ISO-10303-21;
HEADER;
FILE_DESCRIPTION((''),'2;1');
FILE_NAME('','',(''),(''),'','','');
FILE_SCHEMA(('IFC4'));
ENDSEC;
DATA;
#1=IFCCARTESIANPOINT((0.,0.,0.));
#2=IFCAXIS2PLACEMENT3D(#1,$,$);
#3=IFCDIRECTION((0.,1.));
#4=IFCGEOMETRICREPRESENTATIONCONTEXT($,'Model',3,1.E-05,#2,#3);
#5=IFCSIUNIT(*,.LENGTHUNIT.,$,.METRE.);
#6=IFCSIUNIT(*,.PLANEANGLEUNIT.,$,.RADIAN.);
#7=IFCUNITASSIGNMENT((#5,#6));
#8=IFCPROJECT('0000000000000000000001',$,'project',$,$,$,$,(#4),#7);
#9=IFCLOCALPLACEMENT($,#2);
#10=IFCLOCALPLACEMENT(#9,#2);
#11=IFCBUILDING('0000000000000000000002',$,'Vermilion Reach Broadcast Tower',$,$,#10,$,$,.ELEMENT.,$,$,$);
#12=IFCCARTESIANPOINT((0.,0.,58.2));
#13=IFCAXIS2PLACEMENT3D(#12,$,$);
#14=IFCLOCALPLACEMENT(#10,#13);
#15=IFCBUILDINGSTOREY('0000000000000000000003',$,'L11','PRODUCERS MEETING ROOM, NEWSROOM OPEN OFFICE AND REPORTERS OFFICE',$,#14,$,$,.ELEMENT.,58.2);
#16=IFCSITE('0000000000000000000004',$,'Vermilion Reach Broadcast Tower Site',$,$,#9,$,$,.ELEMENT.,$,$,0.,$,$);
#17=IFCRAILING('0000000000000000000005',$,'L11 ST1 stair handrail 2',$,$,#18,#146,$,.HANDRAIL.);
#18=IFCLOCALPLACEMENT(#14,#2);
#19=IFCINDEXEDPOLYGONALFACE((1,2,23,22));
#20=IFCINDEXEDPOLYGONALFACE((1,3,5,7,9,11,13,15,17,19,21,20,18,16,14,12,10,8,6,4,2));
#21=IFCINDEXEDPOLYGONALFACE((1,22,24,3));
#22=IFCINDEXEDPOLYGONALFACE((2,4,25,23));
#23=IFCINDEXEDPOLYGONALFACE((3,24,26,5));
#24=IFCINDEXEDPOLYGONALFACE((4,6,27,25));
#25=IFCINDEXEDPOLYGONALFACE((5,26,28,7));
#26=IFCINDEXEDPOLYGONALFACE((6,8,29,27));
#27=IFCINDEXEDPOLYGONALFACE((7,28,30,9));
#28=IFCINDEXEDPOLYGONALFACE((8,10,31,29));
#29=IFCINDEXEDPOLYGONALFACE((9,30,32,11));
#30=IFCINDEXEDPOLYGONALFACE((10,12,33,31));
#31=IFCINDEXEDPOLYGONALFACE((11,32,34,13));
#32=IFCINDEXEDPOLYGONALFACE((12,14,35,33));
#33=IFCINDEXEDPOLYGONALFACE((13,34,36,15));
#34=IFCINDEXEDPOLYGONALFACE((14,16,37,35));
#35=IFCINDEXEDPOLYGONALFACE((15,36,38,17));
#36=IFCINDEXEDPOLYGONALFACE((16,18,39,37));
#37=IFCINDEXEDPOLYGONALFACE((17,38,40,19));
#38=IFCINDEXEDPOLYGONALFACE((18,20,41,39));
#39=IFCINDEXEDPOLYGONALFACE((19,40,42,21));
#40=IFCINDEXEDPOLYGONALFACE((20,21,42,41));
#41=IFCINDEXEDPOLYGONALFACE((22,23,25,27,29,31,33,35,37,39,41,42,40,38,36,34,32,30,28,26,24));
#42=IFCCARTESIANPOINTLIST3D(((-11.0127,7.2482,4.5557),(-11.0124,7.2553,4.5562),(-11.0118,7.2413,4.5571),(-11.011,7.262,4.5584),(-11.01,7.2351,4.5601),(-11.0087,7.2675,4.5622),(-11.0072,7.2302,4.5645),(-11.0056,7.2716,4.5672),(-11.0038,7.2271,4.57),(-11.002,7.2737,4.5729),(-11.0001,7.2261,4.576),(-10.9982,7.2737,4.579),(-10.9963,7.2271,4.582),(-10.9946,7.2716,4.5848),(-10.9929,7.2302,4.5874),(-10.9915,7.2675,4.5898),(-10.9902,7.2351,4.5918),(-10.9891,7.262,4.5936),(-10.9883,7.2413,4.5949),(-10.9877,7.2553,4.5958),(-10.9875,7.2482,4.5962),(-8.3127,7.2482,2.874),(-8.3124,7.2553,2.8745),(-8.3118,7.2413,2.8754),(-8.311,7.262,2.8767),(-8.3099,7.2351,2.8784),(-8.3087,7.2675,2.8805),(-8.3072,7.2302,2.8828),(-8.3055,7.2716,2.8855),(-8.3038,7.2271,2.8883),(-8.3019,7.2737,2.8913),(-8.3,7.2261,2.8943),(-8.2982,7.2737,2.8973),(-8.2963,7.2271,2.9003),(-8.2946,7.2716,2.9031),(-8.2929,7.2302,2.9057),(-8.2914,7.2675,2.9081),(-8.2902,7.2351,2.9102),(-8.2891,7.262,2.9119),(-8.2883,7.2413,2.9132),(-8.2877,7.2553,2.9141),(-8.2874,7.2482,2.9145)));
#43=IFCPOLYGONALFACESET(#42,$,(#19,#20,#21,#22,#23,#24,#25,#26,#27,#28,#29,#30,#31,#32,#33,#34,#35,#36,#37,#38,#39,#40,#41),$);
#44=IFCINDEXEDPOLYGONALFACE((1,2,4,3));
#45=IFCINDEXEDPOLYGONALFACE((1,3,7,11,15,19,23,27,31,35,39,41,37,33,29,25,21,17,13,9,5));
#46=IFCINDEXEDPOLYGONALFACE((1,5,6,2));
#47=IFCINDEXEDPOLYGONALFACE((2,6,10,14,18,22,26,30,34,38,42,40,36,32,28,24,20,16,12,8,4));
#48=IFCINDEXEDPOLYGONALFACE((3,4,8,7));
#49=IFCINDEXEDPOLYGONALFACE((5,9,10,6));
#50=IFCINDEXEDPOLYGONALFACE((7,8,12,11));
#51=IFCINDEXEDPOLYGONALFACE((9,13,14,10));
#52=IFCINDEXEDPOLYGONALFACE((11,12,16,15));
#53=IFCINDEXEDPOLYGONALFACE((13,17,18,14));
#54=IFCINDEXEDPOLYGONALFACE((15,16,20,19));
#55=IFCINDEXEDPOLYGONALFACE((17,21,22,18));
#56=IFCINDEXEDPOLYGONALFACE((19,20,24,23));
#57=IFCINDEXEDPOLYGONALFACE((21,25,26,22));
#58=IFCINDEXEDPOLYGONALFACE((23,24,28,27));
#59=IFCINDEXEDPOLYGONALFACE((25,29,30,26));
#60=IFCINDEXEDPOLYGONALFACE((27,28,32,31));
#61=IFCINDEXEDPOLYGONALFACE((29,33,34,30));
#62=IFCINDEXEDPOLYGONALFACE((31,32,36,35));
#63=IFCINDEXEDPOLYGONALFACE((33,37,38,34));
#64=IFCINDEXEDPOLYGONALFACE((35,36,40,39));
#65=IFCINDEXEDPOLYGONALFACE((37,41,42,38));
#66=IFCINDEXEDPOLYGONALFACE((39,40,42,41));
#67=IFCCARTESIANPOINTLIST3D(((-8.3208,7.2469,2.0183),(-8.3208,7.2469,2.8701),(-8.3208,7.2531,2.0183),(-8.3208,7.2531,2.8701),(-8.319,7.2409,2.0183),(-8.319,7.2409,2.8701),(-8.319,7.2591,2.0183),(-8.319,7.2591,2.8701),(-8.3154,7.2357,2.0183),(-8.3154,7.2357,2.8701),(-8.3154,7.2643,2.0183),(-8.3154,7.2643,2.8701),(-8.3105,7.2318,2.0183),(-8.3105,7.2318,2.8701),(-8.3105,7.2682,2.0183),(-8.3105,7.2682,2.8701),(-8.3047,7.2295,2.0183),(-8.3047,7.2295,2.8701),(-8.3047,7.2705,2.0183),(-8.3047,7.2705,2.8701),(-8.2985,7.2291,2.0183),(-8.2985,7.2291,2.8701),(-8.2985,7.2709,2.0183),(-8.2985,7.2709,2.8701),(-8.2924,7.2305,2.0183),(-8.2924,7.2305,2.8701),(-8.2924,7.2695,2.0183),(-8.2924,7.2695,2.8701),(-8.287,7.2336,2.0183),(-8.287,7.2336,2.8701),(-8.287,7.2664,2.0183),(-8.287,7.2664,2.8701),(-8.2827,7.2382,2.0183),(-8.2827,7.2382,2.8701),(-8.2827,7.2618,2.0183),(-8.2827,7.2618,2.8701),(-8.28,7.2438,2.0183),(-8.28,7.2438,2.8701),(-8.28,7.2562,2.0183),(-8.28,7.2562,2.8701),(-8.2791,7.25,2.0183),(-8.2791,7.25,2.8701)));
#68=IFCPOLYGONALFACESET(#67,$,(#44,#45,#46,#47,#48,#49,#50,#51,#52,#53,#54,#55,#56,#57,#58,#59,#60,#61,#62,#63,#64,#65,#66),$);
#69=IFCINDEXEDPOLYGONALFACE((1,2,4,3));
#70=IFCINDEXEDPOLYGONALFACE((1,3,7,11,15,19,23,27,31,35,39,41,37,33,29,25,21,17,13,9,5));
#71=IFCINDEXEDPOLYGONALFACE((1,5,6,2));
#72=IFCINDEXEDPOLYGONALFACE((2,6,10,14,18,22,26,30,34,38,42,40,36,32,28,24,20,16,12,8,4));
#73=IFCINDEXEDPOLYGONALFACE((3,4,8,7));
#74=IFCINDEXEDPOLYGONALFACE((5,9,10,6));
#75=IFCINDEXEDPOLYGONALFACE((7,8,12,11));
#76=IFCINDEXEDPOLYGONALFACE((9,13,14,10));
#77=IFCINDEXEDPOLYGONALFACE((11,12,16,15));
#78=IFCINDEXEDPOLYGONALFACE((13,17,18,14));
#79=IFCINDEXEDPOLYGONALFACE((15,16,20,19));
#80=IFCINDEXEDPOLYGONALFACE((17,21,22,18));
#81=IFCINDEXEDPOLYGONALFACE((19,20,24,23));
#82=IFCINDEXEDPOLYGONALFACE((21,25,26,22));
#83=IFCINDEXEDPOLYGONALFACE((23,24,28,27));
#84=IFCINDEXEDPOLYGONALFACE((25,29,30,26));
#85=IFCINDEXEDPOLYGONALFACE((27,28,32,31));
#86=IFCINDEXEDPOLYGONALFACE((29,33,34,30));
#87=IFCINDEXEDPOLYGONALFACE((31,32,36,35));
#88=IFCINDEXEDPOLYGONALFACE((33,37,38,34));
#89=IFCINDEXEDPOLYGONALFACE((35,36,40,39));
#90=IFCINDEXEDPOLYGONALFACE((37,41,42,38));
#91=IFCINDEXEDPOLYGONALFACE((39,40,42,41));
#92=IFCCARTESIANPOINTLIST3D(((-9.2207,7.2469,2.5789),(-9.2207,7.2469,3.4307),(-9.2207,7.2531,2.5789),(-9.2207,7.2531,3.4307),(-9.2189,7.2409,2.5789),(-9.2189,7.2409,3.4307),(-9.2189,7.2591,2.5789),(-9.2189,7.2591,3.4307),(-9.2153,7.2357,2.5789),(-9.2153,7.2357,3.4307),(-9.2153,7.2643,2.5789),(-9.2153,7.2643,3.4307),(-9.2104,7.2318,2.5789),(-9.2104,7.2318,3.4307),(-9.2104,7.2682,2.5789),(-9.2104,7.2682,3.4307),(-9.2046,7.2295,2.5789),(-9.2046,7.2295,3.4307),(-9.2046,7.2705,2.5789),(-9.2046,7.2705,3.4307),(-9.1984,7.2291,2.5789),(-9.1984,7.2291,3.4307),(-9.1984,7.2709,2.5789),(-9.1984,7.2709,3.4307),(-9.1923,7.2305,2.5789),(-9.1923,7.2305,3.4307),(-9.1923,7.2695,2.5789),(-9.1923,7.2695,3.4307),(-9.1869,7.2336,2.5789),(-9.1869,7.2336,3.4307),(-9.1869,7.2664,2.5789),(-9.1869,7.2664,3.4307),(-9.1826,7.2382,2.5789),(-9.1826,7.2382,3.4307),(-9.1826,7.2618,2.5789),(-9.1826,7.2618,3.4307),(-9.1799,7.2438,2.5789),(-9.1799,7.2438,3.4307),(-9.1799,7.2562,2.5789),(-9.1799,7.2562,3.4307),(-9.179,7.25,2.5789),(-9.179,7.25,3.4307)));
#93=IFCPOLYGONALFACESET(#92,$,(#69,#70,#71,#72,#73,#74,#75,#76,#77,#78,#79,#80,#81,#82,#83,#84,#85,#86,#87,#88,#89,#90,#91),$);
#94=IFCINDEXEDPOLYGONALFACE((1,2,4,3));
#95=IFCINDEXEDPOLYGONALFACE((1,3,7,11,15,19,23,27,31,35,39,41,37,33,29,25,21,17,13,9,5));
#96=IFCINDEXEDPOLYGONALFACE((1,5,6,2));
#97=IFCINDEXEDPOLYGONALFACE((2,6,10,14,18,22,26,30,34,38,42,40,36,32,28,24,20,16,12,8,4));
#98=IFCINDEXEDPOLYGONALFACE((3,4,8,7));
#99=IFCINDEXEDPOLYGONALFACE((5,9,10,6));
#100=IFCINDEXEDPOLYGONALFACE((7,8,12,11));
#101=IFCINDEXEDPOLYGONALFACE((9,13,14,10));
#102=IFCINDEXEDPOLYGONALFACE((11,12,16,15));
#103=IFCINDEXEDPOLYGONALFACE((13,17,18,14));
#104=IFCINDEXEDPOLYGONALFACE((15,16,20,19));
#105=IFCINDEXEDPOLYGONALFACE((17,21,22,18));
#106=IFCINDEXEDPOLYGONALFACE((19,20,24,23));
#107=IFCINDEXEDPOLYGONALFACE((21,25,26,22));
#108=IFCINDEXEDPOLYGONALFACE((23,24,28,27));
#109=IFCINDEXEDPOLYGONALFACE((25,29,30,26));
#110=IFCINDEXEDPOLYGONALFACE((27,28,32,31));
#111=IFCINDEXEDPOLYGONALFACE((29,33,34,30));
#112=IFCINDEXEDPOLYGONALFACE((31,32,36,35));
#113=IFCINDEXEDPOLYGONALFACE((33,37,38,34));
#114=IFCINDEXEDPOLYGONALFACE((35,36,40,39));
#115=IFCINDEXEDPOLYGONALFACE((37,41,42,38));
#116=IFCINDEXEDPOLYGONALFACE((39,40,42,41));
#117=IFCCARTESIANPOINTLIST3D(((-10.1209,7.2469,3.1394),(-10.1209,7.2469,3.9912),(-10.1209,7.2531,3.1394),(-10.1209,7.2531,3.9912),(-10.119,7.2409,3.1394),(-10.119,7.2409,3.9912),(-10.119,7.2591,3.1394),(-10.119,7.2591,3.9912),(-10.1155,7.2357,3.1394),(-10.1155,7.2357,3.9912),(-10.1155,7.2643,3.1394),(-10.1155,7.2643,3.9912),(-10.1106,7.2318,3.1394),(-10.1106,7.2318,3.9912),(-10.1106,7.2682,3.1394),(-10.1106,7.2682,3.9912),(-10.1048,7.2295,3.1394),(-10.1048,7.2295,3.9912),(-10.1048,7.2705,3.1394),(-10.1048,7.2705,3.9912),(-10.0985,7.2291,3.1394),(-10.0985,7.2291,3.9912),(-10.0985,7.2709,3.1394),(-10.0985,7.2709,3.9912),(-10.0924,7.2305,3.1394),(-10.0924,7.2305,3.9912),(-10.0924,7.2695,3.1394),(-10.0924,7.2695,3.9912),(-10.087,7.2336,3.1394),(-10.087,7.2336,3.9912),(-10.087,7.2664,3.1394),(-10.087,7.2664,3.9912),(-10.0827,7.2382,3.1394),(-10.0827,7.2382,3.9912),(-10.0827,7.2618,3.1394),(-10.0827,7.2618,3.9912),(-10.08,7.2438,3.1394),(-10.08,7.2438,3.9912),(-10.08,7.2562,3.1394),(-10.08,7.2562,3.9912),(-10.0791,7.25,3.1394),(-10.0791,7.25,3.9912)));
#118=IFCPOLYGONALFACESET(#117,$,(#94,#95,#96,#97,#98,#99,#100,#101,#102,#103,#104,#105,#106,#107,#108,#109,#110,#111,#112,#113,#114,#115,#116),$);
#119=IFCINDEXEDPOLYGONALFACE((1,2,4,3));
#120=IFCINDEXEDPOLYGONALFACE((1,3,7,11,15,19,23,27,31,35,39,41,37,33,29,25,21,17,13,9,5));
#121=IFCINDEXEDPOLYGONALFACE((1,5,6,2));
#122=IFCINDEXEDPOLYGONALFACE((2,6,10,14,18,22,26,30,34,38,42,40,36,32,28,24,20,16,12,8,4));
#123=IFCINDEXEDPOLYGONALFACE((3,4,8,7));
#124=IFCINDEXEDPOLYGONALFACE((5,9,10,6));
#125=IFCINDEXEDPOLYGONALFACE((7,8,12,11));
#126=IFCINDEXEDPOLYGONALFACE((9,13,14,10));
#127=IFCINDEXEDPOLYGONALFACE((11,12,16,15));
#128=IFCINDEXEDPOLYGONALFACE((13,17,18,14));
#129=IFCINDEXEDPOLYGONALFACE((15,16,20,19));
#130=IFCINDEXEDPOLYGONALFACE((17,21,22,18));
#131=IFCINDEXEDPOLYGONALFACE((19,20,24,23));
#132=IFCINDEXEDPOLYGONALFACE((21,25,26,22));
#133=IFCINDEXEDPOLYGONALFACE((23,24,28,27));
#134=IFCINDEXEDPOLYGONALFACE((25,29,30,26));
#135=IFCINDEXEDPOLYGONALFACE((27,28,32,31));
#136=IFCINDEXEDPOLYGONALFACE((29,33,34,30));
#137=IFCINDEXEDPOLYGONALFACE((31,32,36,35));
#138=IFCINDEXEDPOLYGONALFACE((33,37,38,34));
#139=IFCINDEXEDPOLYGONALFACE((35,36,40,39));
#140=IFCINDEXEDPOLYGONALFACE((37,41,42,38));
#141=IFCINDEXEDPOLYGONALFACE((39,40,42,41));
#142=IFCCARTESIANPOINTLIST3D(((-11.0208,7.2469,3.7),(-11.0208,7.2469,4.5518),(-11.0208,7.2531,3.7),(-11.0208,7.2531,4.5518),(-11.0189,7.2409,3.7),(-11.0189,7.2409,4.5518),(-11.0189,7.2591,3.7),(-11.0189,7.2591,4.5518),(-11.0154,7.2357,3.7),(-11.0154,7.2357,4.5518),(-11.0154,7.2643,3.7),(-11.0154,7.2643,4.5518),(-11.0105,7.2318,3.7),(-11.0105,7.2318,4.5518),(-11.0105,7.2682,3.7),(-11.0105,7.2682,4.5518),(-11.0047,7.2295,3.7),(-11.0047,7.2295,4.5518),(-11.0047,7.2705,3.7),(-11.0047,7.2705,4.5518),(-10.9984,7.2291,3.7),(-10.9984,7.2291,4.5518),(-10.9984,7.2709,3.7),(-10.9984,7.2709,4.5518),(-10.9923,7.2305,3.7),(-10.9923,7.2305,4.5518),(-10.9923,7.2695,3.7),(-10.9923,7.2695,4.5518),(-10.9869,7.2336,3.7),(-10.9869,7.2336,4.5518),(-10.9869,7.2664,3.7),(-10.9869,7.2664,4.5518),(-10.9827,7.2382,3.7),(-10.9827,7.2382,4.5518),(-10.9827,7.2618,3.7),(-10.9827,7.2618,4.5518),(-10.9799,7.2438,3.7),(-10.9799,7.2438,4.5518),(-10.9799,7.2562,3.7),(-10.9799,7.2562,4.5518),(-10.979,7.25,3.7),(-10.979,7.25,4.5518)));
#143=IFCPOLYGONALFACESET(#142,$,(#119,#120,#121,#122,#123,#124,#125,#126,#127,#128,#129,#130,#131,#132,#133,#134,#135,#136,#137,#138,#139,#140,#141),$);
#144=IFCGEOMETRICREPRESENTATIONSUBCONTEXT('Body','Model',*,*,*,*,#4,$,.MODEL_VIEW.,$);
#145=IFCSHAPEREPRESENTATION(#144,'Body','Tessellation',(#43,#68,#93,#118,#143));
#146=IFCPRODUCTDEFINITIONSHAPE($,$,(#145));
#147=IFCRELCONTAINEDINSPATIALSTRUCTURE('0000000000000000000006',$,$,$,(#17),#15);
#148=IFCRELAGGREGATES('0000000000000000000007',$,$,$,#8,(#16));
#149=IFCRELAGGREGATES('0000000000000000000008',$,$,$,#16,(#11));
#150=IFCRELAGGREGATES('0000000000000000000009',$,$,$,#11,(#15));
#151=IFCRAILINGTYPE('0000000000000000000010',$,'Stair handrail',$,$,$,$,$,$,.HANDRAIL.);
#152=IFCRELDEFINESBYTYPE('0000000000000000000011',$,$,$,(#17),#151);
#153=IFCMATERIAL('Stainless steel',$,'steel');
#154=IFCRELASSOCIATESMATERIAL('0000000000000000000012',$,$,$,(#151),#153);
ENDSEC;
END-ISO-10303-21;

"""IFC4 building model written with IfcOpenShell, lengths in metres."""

from ifc_helpers import new_model, si_unit, direction, frame, origin, origin_2d, place, context, subcontext, project, spatial, circle, extrude, material, type_object, element, save


model = new_model("IFC4")

# Units and contexts
model_context = context("Model", 3, precision=1e-05, world=origin(), true_north=direction((0.0, 1.0)))
body_context = subcontext(model_context, "Body", "Model", "MODEL_VIEW")
ifc_project = project(units=[si_unit("LENGTHUNIT", "METRE"), si_unit("PLANEANGLEUNIT", "RADIAN")], contexts=[model_context])

# Site, building, storey
site_placement = place(None, origin())
site = spatial("IfcSite", under=ifc_project, at=site_placement, Name="Vermilion Reach Broadcast Tower Site", CompositionType="ELEMENT", RefElevation=0.0)
building_placement = place(site_placement, origin())
building = spatial("IfcBuilding", under=site, at=building_placement, Name="Vermilion Reach Broadcast Tower", CompositionType="ELEMENT")
storey_placement = place(building_placement, frame((0.0, 0.0, 58.2)))
storey = spatial("IfcBuildingStorey", under=building, at=storey_placement, Name="L11", Description="PRODUCERS MEETING ROOM, NEWSROOM OPEN OFFICE AND REPORTERS OFFICE", CompositionType="ELEMENT", Elevation=58.2)

# Railing
ifc_material_1 = material(Name="Stainless steel", Category="steel")
railing_type_1 = type_object("IfcRailingType", Name="Stair handrail", PredefinedType="HANDRAIL", material=ifc_material_1)
railing_1_placement = place(storey_placement, frame((-8.3, 7.25, 2.0183)))
element("IfcRailing", 1, at=railing_1_placement, inside=storey, type_object=railing_type_1, Name="L11 ST1 stair handrail 2", PredefinedType="HANDRAIL", context=body_context, shape_type="SweptSolid", body=[
    extrude(circle(Radius=0.0239, at=origin_2d()), frame((0.0, 0.0, 0.876), z_axis=(-0.848821, 0.0, 0.528681), x_axis=(0.0, -1.0, 0.0)), (0.0, 0.0, 1.0), 3.1809),
    extrude(circle(Radius=0.021, at=origin_2d()), origin(), (0.0, 0.0, 1.0), 0.8518),
    extrude(circle(Radius=0.021, at=origin_2d()), frame((-0.8999, 0.0, 0.5605)), (0.0, 0.0, 1.0), 0.8518),
    extrude(circle(Radius=0.021, at=origin_2d()), frame((-1.8, 0.0, 1.1211)), (0.0, 0.0, 1.0), 0.8518),
    extrude(circle(Radius=0.021, at=origin_2d()), frame((-2.7, 0.0, 1.6816)), (0.0, 0.0, 1.0), 0.8518),
])

save(model, "model.ifc")
